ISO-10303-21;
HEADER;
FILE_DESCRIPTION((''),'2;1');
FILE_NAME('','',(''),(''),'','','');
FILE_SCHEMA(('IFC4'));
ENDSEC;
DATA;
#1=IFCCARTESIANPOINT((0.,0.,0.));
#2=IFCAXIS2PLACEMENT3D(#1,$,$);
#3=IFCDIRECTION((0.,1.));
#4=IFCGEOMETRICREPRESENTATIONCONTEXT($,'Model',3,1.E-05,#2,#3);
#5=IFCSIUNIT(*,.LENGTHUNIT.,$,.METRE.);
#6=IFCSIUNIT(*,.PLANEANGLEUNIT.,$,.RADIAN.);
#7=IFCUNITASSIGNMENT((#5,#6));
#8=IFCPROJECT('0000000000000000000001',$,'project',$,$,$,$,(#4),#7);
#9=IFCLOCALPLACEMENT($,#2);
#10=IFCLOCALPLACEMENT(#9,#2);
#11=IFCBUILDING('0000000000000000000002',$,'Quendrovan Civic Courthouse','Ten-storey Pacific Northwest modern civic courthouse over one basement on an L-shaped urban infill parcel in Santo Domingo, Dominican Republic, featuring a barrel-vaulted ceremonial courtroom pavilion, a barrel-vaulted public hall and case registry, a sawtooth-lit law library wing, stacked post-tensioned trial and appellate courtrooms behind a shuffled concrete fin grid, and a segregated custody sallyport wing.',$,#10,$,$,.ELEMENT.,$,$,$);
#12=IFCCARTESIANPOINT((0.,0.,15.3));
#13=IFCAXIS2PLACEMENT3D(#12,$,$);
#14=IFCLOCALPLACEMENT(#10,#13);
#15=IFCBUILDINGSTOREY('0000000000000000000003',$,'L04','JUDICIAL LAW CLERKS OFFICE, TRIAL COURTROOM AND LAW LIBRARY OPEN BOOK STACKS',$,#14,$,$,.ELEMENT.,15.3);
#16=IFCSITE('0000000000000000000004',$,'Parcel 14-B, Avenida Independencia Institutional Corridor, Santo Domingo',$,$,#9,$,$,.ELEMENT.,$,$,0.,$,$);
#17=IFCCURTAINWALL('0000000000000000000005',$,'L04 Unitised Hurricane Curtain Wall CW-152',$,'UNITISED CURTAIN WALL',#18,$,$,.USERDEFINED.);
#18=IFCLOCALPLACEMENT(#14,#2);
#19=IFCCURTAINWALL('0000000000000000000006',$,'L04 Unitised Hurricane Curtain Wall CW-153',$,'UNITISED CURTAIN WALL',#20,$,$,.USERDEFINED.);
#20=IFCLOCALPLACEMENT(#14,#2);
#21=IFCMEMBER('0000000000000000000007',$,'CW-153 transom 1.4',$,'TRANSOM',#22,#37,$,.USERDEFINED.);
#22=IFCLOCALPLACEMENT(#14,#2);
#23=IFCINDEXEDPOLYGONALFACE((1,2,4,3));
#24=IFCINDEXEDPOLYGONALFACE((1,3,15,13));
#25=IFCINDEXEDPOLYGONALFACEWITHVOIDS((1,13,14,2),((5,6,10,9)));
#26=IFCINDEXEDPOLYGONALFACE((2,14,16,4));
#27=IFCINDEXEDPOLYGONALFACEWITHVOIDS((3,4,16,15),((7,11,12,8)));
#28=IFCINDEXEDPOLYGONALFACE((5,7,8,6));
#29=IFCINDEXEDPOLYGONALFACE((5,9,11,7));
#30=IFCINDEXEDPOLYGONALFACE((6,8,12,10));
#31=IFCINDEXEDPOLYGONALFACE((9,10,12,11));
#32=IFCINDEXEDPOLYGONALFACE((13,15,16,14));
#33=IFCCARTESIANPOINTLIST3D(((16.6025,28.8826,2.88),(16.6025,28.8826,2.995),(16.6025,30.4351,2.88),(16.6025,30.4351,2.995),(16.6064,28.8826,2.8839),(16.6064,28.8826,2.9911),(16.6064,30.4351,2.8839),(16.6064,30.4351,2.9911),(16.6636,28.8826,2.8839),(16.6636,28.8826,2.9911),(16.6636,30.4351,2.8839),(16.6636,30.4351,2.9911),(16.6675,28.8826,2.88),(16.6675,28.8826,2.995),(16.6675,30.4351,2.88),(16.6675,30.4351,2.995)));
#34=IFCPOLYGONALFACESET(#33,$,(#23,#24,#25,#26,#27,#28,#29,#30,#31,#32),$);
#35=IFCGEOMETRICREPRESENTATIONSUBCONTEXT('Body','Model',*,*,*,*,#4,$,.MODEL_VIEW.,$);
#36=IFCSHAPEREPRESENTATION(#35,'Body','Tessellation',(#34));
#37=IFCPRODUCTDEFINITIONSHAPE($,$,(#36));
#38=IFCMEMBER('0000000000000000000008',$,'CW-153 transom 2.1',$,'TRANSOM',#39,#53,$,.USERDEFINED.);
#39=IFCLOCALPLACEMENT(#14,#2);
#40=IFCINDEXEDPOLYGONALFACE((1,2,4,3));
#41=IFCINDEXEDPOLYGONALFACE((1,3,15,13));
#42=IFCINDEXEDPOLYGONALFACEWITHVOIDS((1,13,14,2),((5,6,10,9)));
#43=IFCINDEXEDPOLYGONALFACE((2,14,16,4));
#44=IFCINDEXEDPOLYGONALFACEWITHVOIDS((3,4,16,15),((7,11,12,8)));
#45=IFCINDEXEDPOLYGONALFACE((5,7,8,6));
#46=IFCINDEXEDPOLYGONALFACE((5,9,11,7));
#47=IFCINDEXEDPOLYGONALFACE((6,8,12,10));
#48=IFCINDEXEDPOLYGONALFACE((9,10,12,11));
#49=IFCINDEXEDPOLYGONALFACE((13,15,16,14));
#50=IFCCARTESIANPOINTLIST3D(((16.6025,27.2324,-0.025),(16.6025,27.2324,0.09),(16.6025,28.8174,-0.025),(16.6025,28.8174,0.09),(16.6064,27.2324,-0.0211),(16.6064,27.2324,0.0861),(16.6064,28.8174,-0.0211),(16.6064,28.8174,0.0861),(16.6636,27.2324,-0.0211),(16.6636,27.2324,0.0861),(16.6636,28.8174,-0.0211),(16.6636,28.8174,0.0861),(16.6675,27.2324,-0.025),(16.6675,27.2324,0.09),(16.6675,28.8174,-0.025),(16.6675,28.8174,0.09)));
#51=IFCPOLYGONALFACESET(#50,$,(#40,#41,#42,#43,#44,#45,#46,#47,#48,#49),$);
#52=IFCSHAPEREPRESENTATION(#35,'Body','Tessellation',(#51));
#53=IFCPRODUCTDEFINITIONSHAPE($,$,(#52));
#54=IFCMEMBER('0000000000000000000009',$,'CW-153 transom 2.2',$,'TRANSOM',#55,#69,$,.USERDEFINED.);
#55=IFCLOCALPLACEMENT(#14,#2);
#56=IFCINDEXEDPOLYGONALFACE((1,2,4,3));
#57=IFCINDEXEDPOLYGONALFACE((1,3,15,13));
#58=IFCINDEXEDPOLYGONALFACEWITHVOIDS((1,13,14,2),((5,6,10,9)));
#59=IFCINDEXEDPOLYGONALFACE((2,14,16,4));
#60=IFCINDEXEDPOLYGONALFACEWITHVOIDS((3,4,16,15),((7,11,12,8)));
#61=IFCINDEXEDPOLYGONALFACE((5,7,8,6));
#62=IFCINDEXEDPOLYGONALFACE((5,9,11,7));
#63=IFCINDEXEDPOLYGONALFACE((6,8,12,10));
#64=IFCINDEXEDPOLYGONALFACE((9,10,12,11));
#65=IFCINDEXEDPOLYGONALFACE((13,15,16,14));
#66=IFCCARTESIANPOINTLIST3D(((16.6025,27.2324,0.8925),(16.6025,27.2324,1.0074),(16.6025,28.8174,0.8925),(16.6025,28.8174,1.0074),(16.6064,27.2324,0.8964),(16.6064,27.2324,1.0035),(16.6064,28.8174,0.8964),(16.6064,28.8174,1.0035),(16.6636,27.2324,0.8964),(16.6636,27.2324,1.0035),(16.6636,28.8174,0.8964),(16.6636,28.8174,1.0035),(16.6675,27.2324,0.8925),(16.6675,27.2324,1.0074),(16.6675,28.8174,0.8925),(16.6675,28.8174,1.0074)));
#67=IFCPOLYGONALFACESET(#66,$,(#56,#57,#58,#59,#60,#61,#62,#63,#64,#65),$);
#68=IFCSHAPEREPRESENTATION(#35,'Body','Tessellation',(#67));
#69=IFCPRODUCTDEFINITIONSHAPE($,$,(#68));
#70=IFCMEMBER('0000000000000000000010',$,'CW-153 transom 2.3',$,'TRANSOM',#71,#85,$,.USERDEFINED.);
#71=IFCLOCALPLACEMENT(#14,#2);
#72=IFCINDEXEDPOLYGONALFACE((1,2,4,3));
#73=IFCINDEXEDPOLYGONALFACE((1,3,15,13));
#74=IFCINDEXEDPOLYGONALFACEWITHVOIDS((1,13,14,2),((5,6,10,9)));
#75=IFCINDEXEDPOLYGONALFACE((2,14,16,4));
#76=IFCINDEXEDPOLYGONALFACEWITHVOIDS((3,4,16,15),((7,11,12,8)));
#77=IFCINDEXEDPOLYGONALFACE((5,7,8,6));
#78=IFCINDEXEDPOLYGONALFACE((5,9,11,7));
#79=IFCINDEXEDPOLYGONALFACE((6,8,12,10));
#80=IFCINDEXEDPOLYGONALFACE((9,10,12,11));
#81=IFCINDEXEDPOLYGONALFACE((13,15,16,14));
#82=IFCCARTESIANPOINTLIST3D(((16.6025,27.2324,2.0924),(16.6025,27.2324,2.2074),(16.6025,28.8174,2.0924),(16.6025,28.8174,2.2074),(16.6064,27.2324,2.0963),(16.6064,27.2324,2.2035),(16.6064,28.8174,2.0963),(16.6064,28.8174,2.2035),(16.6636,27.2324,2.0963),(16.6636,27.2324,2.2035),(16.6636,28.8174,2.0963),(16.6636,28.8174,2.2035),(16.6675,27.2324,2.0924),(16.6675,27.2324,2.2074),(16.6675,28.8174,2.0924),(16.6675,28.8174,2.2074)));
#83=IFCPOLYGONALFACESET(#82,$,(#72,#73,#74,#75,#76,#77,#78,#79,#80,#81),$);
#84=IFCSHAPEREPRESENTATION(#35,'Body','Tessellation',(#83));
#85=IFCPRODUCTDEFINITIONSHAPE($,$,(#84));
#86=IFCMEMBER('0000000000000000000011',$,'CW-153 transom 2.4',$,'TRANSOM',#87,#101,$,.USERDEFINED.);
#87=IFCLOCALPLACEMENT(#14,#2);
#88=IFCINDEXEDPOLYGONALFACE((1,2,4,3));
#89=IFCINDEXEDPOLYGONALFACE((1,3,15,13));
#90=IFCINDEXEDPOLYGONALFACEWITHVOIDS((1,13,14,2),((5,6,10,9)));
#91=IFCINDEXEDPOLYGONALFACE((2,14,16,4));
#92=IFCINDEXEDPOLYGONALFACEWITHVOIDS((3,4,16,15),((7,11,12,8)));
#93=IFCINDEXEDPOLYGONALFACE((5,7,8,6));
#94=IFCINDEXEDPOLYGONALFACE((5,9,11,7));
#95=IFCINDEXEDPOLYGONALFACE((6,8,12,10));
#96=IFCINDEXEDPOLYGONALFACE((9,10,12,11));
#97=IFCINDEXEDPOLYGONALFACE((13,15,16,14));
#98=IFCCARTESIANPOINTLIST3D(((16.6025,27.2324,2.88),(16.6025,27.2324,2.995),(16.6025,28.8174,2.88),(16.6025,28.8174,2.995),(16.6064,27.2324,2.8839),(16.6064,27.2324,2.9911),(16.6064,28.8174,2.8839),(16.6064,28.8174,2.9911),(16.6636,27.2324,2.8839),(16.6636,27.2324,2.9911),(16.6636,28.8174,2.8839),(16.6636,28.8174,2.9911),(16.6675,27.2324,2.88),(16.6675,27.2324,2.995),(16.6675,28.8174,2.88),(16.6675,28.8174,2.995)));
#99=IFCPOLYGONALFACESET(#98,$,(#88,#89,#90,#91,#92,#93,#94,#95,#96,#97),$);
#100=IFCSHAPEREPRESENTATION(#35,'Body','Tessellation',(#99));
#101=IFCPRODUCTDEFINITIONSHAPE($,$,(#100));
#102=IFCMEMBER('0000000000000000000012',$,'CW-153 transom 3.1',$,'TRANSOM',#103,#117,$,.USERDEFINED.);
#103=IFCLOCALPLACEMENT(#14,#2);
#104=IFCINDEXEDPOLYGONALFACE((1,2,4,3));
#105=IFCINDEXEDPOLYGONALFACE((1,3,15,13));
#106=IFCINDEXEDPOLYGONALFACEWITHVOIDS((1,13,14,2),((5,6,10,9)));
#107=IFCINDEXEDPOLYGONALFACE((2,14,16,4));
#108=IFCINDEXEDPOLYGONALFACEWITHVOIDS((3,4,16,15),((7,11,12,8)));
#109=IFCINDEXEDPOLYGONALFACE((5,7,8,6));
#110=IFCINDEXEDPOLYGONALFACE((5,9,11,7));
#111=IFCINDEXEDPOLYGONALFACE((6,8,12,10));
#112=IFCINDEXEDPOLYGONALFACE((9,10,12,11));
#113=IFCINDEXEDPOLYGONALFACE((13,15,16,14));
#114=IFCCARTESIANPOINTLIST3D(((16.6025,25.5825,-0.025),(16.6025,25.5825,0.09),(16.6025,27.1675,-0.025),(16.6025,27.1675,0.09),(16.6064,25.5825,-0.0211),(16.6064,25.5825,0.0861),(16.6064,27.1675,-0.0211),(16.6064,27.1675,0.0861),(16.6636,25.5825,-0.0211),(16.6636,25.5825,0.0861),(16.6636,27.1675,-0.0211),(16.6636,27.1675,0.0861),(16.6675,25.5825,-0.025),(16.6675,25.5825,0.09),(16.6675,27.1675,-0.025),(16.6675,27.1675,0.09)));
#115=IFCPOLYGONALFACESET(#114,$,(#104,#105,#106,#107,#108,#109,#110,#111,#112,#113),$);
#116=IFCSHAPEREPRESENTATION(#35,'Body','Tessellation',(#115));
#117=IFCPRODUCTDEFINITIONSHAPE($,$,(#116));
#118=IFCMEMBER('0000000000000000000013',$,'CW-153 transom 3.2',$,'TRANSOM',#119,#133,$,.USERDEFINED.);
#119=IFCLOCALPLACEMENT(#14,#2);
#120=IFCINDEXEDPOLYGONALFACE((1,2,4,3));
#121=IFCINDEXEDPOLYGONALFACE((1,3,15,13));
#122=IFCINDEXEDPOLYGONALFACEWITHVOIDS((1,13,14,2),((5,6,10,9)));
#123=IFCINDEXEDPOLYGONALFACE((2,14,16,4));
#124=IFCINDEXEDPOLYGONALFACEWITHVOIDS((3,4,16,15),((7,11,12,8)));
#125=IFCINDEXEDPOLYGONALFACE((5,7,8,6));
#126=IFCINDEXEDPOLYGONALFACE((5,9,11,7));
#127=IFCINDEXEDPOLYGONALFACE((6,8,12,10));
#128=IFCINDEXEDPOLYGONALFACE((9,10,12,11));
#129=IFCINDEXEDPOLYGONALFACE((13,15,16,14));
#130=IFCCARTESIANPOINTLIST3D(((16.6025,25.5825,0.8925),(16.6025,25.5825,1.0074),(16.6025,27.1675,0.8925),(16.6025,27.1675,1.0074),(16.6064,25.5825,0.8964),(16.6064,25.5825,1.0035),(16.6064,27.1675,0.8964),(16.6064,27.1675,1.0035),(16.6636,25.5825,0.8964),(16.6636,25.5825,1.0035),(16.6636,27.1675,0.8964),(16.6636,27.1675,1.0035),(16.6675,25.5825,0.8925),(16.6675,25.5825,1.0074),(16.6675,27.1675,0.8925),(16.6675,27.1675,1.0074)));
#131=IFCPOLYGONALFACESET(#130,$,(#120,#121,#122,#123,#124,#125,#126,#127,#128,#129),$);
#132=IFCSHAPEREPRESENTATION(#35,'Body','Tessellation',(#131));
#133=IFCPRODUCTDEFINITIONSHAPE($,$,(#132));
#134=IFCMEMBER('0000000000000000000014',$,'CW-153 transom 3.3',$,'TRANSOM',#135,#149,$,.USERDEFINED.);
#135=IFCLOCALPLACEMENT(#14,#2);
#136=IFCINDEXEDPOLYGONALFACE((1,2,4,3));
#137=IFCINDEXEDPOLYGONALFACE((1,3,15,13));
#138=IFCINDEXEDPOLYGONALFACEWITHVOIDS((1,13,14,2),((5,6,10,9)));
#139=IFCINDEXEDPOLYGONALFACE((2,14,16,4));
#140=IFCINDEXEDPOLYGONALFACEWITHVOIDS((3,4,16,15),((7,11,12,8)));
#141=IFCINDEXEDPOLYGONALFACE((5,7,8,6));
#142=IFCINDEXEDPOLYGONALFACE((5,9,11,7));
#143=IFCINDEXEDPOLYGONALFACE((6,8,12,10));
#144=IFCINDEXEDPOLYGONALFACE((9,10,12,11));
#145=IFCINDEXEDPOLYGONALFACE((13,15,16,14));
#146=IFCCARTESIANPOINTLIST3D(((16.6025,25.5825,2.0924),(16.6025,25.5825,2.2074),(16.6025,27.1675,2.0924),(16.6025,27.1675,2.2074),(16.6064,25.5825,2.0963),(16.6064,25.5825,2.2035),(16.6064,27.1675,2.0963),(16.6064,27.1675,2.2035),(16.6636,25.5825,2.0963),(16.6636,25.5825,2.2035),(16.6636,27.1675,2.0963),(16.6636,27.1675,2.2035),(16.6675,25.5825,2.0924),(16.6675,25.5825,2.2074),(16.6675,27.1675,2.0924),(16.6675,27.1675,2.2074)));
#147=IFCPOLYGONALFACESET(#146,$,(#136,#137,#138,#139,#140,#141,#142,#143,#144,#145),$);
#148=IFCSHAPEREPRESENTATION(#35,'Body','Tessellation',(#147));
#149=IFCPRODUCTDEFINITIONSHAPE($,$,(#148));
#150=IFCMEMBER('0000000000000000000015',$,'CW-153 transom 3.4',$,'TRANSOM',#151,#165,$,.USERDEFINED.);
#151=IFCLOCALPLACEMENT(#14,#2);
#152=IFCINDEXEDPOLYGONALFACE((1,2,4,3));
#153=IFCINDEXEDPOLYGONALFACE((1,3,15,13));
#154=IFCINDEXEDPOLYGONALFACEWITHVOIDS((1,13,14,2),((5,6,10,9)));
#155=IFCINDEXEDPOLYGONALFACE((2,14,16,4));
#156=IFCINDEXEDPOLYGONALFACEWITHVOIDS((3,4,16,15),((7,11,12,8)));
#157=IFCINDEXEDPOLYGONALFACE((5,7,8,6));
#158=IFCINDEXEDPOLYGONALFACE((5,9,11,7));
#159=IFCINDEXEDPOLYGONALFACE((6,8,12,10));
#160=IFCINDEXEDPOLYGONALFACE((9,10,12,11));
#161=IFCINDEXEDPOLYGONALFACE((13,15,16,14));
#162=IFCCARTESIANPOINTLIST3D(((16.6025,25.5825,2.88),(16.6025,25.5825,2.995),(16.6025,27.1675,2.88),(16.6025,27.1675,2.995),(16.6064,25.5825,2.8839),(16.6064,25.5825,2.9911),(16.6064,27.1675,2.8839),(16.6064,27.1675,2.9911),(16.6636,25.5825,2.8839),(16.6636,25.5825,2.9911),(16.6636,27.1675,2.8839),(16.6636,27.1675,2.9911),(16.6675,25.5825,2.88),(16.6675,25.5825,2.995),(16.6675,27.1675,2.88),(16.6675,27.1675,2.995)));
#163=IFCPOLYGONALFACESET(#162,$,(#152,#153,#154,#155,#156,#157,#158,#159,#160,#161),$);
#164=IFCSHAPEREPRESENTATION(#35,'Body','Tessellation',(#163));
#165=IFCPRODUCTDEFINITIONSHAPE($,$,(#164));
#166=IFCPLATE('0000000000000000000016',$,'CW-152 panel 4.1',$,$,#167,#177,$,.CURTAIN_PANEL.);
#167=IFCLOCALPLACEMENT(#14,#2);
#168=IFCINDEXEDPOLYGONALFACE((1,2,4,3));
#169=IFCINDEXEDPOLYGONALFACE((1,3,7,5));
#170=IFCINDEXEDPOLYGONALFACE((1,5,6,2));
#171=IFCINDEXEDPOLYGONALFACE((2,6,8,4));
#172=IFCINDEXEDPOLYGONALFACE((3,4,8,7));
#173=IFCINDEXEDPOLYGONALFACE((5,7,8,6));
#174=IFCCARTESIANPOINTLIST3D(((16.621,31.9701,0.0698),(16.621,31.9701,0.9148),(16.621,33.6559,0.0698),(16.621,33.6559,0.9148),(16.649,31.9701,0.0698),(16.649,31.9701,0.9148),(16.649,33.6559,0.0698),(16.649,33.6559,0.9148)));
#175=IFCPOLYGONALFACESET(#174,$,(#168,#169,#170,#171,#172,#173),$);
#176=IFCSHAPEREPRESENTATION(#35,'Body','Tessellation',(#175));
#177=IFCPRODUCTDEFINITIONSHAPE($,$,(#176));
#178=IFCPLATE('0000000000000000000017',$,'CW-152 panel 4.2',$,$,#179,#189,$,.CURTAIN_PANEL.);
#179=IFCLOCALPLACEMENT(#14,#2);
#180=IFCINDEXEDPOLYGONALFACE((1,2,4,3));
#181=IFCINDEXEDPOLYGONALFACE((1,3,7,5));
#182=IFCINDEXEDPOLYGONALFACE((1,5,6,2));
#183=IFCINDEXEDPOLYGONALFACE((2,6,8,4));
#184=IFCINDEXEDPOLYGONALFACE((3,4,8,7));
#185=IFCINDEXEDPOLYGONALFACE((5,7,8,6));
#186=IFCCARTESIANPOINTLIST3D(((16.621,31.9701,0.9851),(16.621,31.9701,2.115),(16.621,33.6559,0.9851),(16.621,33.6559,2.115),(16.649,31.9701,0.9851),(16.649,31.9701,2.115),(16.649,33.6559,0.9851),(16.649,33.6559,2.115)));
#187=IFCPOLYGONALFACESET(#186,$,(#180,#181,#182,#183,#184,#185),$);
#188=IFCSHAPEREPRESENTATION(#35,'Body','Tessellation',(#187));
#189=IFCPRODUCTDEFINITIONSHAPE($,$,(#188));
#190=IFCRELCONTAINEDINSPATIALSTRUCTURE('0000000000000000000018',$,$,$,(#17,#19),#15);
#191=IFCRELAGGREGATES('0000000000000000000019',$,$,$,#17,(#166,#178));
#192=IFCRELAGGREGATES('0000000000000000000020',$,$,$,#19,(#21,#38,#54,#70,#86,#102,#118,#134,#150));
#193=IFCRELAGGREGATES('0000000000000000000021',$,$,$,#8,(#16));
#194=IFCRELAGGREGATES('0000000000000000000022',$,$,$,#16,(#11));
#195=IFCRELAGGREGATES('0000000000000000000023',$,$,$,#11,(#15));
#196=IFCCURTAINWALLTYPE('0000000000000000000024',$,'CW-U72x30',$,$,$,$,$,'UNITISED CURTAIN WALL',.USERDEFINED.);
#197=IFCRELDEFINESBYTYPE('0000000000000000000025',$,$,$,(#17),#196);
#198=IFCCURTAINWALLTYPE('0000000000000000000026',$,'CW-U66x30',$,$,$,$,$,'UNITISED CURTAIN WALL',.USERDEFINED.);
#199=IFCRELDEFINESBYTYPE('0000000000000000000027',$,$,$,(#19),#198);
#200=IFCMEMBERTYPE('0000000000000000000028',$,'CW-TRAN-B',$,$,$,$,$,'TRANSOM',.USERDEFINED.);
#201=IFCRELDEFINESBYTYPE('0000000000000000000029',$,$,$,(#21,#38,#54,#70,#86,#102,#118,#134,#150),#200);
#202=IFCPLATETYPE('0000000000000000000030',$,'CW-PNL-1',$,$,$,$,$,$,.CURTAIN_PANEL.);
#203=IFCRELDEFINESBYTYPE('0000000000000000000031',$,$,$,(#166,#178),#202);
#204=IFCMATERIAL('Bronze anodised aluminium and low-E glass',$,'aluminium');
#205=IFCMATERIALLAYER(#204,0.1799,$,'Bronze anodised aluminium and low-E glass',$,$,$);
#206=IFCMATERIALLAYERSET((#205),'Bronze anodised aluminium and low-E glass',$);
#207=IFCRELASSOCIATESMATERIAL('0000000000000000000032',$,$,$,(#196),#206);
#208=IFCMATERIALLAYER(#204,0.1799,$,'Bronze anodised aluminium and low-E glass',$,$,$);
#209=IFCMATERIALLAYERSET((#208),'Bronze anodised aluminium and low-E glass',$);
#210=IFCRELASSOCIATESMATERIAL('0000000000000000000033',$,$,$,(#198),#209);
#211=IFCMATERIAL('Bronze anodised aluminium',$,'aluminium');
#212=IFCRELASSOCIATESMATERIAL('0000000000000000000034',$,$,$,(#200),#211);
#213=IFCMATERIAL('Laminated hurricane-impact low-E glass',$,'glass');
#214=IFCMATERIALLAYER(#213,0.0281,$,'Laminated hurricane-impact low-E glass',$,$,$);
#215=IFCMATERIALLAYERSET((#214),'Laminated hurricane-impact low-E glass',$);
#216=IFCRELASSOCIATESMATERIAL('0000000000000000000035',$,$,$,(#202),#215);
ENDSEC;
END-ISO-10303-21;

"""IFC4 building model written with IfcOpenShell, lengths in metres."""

from ifc_helpers import new_model, si_unit, direction, frame, origin, origin_2d, place, context, subcontext, project, spatial, rectangle, hollow_rectangle, extrude, material, layer, layer_set, material_profile, profile_set, type_object, element, aggregate, save


model = new_model("IFC4")

# Units and contexts
model_context = context("Model", 3, precision=1e-05, world=origin(), true_north=direction((0.0, 1.0)))
body_context = subcontext(model_context, "Body", "Model", "MODEL_VIEW")
ifc_project = project(units=[si_unit("LENGTHUNIT", "METRE"), si_unit("PLANEANGLEUNIT", "RADIAN")], contexts=[model_context])

# Site, building, storey
site_placement = place(None, origin())
site = spatial("IfcSite", under=ifc_project, at=site_placement, Name="Parcel 14-B, Avenida Independencia Institutional Corridor, Santo Domingo", CompositionType="ELEMENT", RefElevation=0.0)
building_placement = place(site_placement, origin())
building = spatial("IfcBuilding", under=site, at=building_placement, Name="Quendrovan Civic Courthouse", Description="Ten-storey Pacific Northwest modern civic courthouse over one basement on an L-shaped urban infill parcel in Santo Domingo, Dominican Republic, featuring a barrel-vaulted ceremonial courtroom pavilion, a barrel-vaulted public hall and case registry, a sawtooth-lit law library wing, stacked post-tensioned trial and appellate courtrooms behind a shuffled concrete fin grid, and a segregated custody sallyport wing.", CompositionType="ELEMENT")
storey_placement = place(building_placement, frame((0.0, 0.0, 15.3)))
storey = spatial("IfcBuildingStorey", under=building, at=storey_placement, Name="L04", Description="JUDICIAL LAW CLERKS OFFICE, TRIAL COURTROOM AND LAW LIBRARY OPEN BOOK STACKS", CompositionType="ELEMENT", Elevation=15.3)

# Curtain wall
ifc_material_1 = material(Name="Bronze anodised aluminium and low-E glass", Category="aluminium")
ifc_layer_1 = layer(ifc_material_1, 0.1799, Name="Bronze anodised aluminium and low-E glass")
ifc_layer_set_1 = layer_set([ifc_layer_1], Name="Bronze anodised aluminium and low-E glass")
curtain_wall_type_1 = type_object("IfcCurtainWallType", Name="CW-U72x30", ElementType="UNITISED CURTAIN WALL", PredefinedType="USERDEFINED", material=ifc_layer_set_1)
curtain_wall_1_placement = place(storey_placement, origin())
curtain_wall_1 = element("IfcCurtainWall", 1, at=curtain_wall_1_placement, inside=storey, type_object=curtain_wall_type_1, Name="L04 Unitised Hurricane Curtain Wall CW-152", ObjectType="UNITISED CURTAIN WALL", PredefinedType="USERDEFINED")
ifc_material_2 = material(Name="Bronze anodised aluminium", Category="aluminium")

# Curtain wall
ifc_layer_2 = layer(ifc_material_1, 0.1799, Name="Bronze anodised aluminium and low-E glass")
ifc_layer_set_2 = layer_set([ifc_layer_2], Name="Bronze anodised aluminium and low-E glass")
curtain_wall_type_2 = type_object("IfcCurtainWallType", Name="CW-U66x30", ElementType="UNITISED CURTAIN WALL", PredefinedType="USERDEFINED", material=ifc_layer_set_2)
curtain_wall_2_placement = place(storey_placement, origin())
curtain_wall_2 = element("IfcCurtainWall", 2, at=curtain_wall_2_placement, inside=storey, type_object=curtain_wall_type_2, Name="L04 Unitised Hurricane Curtain Wall CW-153", ObjectType="UNITISED CURTAIN WALL", PredefinedType="USERDEFINED")

# Members
ifc_material_profile_1 = material_profile(ifc_material_2, hollow_rectangle(XDim=0.0649, YDim=0.115, WallThickness=0.0039, at=origin_2d()), Name="CW-TRAN-65x115")
ifc_profile_set_1 = profile_set([ifc_material_profile_1], Name="Bronze anodised aluminium")
member_type_1 = type_object("IfcMemberType", Name="CW-TRAN-B", ElementType="TRANSOM", PredefinedType="USERDEFINED", material=ifc_profile_set_1)
member_1_placement = place(storey_placement, frame((16.635, 30.4351, 2.9375), z_axis=(0.0, -1.0, 0.0), x_axis=(1.0, 0.0, 0.0)))
member_1 = element("IfcMember", 3, at=member_1_placement, type_object=member_type_1, Name="CW-153 transom 1.4", ObjectType="TRANSOM", PredefinedType="USERDEFINED", context=body_context, shape_type="SweptSolid", body=[
    extrude(hollow_rectangle(XDim=0.0649, YDim=0.115, WallThickness=0.0039, at=origin_2d()), origin(), (0.0, 0.0, 1.0), 1.5525),
])
member_2_placement = place(storey_placement, frame((16.635, 28.8174, 0.0325), z_axis=(0.0, -1.0, 0.0), x_axis=(1.0, 0.0, 0.0)))
member_2 = element("IfcMember", 4, at=member_2_placement, type_object=member_type_1, Name="CW-153 transom 2.1", ObjectType="TRANSOM", PredefinedType="USERDEFINED", context=body_context, shape_type="SweptSolid", body=[
    extrude(hollow_rectangle(XDim=0.0649, YDim=0.115, WallThickness=0.0039, at=origin_2d()), origin(), (0.0, 0.0, 1.0), 1.585),
])
member_3_placement = place(storey_placement, frame((16.635, 28.8174, 0.95), z_axis=(0.0, -1.0, 0.0), x_axis=(1.0, 0.0, 0.0)))
member_3 = element("IfcMember", 5, at=member_3_placement, type_object=member_type_1, Name="CW-153 transom 2.2", ObjectType="TRANSOM", PredefinedType="USERDEFINED", context=body_context, shape_type="SweptSolid", body=[
    extrude(hollow_rectangle(XDim=0.0649, YDim=0.115, WallThickness=0.0039, at=origin_2d()), origin(), (0.0, 0.0, 1.0), 1.585),
])
member_4_placement = place(storey_placement, frame((16.635, 28.8174, 2.1499), z_axis=(0.0, -1.0, 0.0), x_axis=(1.0, 0.0, 0.0)))
member_4 = element("IfcMember", 6, at=member_4_placement, type_object=member_type_1, Name="CW-153 transom 2.3", ObjectType="TRANSOM", PredefinedType="USERDEFINED", context=body_context, shape_type="SweptSolid", body=[
    extrude(hollow_rectangle(XDim=0.0649, YDim=0.115, WallThickness=0.0039, at=origin_2d()), origin(), (0.0, 0.0, 1.0), 1.585),
])
member_5_placement = place(storey_placement, frame((16.635, 28.8174, 2.9375), z_axis=(0.0, -1.0, 0.0), x_axis=(1.0, 0.0, 0.0)))
member_5 = element("IfcMember", 7, at=member_5_placement, type_object=member_type_1, Name="CW-153 transom 2.4", ObjectType="TRANSOM", PredefinedType="USERDEFINED", context=body_context, shape_type="SweptSolid", body=[
    extrude(hollow_rectangle(XDim=0.0649, YDim=0.115, WallThickness=0.0039, at=origin_2d()), origin(), (0.0, 0.0, 1.0), 1.585),
])
member_6_placement = place(storey_placement, frame((16.635, 27.1675, 0.0325), z_axis=(0.0, -1.0, 0.0), x_axis=(1.0, 0.0, 0.0)))
member_6 = element("IfcMember", 8, at=member_6_placement, type_object=member_type_1, Name="CW-153 transom 3.1", ObjectType="TRANSOM", PredefinedType="USERDEFINED", context=body_context, shape_type="SweptSolid", body=[
    extrude(hollow_rectangle(XDim=0.0649, YDim=0.115, WallThickness=0.0039, at=origin_2d()), origin(), (0.0, 0.0, 1.0), 1.585),
])
member_7_placement = place(storey_placement, frame((16.635, 27.1675, 0.95), z_axis=(0.0, -1.0, 0.0), x_axis=(1.0, 0.0, 0.0)))
member_7 = element("IfcMember", 9, at=member_7_placement, type_object=member_type_1, Name="CW-153 transom 3.2", ObjectType="TRANSOM", PredefinedType="USERDEFINED", context=body_context, shape_type="SweptSolid", body=[
    extrude(hollow_rectangle(XDim=0.0649, YDim=0.115, WallThickness=0.0039, at=origin_2d()), origin(), (0.0, 0.0, 1.0), 1.585),
])
member_8_placement = place(storey_placement, frame((16.635, 27.1675, 2.1499), z_axis=(0.0, -1.0, 0.0), x_axis=(1.0, 0.0, 0.0)))
member_8 = element("IfcMember", 10, at=member_8_placement, type_object=member_type_1, Name="CW-153 transom 3.3", ObjectType="TRANSOM", PredefinedType="USERDEFINED", context=body_context, shape_type="SweptSolid", body=[
    extrude(hollow_rectangle(XDim=0.0649, YDim=0.115, WallThickness=0.0039, at=origin_2d()), origin(), (0.0, 0.0, 1.0), 1.585),
])
member_9_placement = place(storey_placement, frame((16.635, 27.1675, 2.9375), z_axis=(0.0, -1.0, 0.0), x_axis=(1.0, 0.0, 0.0)))
member_9 = element("IfcMember", 11, at=member_9_placement, type_object=member_type_1, Name="CW-153 transom 3.4", ObjectType="TRANSOM", PredefinedType="USERDEFINED", context=body_context, shape_type="SweptSolid", body=[
    extrude(hollow_rectangle(XDim=0.0649, YDim=0.115, WallThickness=0.0039, at=origin_2d()), origin(), (0.0, 0.0, 1.0), 1.585),
])

# Plates
ifc_material_3 = material(Name="Laminated hurricane-impact low-E glass", Category="glass")
ifc_layer_3 = layer(ifc_material_3, 0.0281, Name="Laminated hurricane-impact low-E glass")
ifc_layer_set_3 = layer_set([ifc_layer_3], Name="Laminated hurricane-impact low-E glass")
plate_type_1 = type_object("IfcPlateType", Name="CW-PNL-1", PredefinedType="CURTAIN_PANEL", material=ifc_layer_set_3)
plate_1_placement = place(storey_placement, frame((16.635, 32.813, 0.0698), z_axis=(0.0, 0.0, 1.0), x_axis=(0.0, -1.0, 0.0)))
plate_1 = element("IfcPlate", 12, at=plate_1_placement, type_object=plate_type_1, Name="CW-152 panel 4.1", PredefinedType="CURTAIN_PANEL", context=body_context, shape_type="SweptSolid", body=[
    extrude(rectangle(XDim=1.6858, YDim=0.0281, at=origin_2d()), origin(), (0.0, 0.0, 1.0), 0.845),
])
plate_2_placement = place(storey_placement, frame((16.635, 32.813, 0.9851), z_axis=(0.0, 0.0, 1.0), x_axis=(0.0, -1.0, 0.0)))
plate_2 = element("IfcPlate", 13, at=plate_2_placement, type_object=plate_type_1, Name="CW-152 panel 4.2", PredefinedType="CURTAIN_PANEL", context=body_context, shape_type="SweptSolid", body=[
    extrude(rectangle(XDim=1.6858, YDim=0.0281, at=origin_2d()), origin(), (0.0, 0.0, 1.0), 1.1299),
])
aggregate(curtain_wall_1, [plate_1, plate_2])
aggregate(curtain_wall_2, [member_1, member_2, member_3, member_4, member_5, member_6, member_7, member_8, member_9])

save(model, "model.ifc")
